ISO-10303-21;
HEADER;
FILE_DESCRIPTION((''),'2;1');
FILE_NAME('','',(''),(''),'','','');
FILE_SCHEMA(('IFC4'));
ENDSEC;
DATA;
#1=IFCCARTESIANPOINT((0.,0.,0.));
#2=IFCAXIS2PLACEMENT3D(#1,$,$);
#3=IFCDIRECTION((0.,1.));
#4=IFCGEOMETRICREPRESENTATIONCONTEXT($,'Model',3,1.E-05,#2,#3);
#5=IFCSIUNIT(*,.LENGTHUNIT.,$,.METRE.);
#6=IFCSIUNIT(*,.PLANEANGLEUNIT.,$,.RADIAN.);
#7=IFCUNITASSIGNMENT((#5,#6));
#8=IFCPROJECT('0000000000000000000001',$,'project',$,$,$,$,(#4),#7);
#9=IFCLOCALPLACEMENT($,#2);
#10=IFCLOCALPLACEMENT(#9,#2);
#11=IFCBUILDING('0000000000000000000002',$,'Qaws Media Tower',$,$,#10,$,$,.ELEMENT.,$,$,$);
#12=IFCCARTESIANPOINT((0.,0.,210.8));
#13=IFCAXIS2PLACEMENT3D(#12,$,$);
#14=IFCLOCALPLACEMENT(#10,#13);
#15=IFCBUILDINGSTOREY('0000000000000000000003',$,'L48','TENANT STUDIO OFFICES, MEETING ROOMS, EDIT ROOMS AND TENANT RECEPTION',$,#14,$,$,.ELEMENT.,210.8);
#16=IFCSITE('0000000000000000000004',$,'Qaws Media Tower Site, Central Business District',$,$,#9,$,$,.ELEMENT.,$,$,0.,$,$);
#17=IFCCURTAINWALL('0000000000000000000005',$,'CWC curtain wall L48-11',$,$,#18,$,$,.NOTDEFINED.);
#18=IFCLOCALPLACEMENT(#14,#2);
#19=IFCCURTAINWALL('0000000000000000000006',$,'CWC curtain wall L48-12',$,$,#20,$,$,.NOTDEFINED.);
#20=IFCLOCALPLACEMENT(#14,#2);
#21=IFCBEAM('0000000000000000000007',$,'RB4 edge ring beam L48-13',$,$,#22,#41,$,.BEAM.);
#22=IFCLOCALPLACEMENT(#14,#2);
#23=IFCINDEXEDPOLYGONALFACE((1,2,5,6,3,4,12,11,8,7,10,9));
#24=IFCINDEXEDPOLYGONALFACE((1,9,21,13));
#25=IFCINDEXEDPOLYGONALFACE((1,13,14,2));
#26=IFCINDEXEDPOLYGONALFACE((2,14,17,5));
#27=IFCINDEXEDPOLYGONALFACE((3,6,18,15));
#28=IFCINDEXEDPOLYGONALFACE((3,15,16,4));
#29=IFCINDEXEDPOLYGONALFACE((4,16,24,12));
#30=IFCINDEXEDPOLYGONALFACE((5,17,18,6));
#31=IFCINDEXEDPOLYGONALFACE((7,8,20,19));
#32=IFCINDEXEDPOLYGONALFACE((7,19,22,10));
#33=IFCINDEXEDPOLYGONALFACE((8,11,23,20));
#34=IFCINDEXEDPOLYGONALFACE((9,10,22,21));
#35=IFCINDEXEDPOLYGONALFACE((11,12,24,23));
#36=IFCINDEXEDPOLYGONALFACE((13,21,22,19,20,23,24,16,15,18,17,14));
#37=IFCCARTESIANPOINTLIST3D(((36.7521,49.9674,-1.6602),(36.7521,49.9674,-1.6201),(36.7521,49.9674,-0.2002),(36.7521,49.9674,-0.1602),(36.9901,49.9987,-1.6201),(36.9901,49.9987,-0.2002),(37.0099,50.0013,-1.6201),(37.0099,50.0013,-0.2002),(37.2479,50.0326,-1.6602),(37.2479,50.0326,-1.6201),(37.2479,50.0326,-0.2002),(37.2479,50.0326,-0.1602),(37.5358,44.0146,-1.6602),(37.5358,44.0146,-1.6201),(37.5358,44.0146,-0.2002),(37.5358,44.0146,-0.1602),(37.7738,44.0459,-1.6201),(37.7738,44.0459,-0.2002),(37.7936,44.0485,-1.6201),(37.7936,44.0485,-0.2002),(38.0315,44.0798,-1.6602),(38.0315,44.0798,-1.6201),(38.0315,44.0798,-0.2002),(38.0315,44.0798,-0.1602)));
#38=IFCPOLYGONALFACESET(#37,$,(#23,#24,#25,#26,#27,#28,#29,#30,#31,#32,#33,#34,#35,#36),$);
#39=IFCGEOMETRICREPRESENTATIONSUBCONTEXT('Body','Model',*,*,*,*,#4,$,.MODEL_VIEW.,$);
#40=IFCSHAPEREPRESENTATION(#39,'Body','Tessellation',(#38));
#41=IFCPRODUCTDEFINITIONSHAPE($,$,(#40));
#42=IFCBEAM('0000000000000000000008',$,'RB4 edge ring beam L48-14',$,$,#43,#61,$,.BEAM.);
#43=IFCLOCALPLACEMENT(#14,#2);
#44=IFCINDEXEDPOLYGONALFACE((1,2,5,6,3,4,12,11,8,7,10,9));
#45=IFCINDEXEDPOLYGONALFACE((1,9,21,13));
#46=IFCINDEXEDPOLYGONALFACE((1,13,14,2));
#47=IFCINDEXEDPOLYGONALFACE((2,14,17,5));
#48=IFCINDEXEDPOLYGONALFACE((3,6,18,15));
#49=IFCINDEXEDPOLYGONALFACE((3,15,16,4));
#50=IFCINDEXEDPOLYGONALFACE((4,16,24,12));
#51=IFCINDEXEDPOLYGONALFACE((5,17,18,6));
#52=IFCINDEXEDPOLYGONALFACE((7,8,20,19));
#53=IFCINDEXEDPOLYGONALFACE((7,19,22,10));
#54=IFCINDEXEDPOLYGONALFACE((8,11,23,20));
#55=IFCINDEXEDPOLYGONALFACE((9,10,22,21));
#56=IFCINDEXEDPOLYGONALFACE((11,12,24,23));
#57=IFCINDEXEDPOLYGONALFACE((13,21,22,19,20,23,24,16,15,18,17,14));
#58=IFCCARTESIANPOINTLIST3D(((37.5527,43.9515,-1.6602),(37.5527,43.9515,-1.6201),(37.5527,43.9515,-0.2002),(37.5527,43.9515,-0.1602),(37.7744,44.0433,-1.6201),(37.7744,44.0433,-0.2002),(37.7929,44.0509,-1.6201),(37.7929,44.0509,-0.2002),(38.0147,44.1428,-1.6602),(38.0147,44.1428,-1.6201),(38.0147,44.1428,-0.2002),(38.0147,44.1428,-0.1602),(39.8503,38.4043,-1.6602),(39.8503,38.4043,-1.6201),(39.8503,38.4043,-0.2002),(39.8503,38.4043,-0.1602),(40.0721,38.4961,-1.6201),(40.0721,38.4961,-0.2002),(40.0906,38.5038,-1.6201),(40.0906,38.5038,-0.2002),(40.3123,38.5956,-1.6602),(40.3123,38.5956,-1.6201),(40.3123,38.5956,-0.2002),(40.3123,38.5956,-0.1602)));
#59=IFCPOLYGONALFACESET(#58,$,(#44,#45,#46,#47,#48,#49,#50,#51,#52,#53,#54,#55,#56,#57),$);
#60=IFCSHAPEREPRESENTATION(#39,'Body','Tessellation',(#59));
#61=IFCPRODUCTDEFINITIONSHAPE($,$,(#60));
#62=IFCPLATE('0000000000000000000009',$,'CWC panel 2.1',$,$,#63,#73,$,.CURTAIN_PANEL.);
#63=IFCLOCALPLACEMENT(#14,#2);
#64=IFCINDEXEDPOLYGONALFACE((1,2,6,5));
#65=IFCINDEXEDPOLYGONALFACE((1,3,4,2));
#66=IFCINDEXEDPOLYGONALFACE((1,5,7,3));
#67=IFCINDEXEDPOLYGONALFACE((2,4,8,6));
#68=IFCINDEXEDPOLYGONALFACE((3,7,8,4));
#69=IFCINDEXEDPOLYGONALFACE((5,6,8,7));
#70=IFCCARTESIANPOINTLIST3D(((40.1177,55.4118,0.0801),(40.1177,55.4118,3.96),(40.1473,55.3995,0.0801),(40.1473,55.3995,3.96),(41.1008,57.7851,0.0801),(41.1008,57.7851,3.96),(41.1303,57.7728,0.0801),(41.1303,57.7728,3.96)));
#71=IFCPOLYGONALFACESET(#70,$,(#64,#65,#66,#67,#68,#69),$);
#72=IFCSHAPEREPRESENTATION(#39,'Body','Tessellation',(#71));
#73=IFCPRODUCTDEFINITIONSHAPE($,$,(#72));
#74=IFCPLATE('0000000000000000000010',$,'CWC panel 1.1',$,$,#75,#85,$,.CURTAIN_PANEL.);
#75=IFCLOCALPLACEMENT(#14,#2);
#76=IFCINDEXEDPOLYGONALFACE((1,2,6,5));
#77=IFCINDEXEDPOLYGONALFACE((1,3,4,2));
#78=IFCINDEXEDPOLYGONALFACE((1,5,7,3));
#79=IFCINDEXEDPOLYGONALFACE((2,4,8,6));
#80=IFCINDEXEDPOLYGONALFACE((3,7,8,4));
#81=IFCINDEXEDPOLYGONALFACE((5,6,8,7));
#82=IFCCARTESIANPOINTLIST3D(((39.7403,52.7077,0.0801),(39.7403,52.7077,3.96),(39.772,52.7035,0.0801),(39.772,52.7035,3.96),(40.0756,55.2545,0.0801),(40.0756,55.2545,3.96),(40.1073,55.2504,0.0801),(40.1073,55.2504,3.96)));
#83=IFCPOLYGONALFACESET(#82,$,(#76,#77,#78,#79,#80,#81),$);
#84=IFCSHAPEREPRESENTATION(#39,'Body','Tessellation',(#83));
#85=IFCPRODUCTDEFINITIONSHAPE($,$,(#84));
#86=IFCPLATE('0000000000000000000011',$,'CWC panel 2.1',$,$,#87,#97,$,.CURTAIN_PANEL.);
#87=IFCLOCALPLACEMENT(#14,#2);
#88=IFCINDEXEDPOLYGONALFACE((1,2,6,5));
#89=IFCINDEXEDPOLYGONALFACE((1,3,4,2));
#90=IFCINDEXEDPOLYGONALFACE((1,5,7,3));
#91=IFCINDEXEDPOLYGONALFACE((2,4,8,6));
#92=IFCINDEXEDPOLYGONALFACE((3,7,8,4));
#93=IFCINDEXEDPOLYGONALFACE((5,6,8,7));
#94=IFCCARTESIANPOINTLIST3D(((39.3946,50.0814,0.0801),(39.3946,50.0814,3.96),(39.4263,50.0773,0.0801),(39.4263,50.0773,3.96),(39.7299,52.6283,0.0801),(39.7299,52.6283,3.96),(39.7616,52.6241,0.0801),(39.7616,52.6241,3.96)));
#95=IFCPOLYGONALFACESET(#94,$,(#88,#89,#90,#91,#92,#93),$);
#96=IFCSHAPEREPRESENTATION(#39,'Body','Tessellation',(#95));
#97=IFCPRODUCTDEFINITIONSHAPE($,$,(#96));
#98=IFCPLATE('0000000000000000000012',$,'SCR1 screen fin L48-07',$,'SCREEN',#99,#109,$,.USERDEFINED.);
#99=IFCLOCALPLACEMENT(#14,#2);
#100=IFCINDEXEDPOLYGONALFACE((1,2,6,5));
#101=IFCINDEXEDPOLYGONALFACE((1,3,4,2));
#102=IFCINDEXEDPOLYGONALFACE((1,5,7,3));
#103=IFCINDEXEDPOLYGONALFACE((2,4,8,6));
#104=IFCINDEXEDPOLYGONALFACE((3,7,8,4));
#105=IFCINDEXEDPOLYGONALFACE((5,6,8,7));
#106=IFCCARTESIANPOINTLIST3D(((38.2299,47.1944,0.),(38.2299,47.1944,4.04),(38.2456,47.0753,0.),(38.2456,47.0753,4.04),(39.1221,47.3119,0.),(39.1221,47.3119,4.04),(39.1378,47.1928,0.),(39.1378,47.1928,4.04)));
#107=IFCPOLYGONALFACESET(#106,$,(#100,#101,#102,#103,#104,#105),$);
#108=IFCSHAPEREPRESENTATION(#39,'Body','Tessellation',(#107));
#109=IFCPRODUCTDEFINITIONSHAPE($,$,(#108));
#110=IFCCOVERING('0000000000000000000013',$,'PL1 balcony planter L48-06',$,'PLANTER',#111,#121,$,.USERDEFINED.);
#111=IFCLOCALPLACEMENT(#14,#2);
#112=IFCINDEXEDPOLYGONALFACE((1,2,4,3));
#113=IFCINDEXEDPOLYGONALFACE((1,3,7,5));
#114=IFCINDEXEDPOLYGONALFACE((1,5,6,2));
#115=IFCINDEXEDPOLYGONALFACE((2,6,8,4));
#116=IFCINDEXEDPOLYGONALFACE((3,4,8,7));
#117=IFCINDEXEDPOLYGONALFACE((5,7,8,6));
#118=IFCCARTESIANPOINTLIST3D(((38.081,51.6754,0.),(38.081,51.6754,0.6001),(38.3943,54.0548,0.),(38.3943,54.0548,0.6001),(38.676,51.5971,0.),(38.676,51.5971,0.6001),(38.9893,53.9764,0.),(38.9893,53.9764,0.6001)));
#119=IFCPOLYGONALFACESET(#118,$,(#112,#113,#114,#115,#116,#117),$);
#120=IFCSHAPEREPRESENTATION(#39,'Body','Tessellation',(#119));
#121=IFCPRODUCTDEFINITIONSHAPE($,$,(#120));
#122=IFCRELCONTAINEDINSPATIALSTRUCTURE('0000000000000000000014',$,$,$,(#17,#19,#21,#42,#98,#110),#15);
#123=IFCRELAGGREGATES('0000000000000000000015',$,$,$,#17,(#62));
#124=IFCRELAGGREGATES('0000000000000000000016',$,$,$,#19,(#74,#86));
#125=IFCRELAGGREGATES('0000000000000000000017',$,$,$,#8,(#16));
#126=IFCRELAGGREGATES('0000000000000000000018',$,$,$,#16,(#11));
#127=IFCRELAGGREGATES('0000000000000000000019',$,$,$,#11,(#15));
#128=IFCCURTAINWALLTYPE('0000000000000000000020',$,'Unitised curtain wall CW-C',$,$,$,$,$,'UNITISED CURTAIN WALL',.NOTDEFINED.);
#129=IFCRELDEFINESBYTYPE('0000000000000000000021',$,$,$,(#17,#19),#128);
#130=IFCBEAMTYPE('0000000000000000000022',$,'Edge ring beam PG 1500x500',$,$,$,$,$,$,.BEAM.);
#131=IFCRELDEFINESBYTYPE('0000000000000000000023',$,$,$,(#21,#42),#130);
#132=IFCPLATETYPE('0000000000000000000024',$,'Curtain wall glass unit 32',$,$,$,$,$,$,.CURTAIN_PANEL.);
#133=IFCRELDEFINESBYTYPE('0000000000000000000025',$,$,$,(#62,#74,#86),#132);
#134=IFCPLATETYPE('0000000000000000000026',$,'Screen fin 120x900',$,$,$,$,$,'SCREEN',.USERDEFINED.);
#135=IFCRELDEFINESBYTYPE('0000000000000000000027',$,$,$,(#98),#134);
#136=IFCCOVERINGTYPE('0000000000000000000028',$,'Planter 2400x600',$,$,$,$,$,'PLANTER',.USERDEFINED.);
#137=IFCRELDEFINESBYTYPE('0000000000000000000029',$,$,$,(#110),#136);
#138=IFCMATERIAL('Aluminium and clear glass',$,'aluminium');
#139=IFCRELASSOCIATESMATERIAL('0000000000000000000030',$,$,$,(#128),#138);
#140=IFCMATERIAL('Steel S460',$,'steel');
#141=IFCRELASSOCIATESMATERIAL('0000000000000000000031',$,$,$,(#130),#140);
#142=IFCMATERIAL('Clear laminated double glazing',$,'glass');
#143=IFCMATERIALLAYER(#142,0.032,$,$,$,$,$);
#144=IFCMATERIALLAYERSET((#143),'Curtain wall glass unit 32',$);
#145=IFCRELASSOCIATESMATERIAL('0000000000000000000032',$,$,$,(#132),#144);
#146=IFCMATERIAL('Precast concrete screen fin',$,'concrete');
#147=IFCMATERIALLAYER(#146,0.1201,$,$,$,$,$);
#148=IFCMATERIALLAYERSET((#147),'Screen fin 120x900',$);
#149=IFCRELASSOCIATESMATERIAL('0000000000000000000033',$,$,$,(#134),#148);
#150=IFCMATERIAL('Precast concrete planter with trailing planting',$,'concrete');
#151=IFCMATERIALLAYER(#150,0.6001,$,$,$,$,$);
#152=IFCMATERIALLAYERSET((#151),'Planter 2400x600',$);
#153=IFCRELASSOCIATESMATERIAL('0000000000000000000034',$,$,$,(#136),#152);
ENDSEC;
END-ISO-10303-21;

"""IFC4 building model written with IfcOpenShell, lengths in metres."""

from ifc_helpers import new_model, si_unit, direction, frame, origin, origin_2d, place, context, subcontext, project, spatial, rectangle, i_section, extrude, material, layer, layer_set, material_profile, profile_set, type_object, element, aggregate, save


model = new_model("IFC4")

# Units and contexts
model_context = context("Model", 3, precision=1e-05, world=origin(), true_north=direction((0.0, 1.0)))
body_context = subcontext(model_context, "Body", "Model", "MODEL_VIEW")
ifc_project = project(units=[si_unit("LENGTHUNIT", "METRE"), si_unit("PLANEANGLEUNIT", "RADIAN")], contexts=[model_context])

# Site, building, storey
site_placement = place(None, origin())
site = spatial("IfcSite", under=ifc_project, at=site_placement, Name="Qaws Media Tower Site, Central Business District", CompositionType="ELEMENT", RefElevation=0.0)
building_placement = place(site_placement, origin())
building = spatial("IfcBuilding", under=site, at=building_placement, Name="Qaws Media Tower", CompositionType="ELEMENT")
storey_placement = place(building_placement, frame((0.0, 0.0, 210.8)))
storey = spatial("IfcBuildingStorey", under=building, at=storey_placement, Name="L48", Description="TENANT STUDIO OFFICES, MEETING ROOMS, EDIT ROOMS AND TENANT RECEPTION", CompositionType="ELEMENT", Elevation=210.8)

# Curtain walls
ifc_material_1 = material(Name="Aluminium and clear glass", Category="aluminium")
curtain_wall_type = type_object("IfcCurtainWallType", Name="Unitised curtain wall CW-C", ElementType="UNITISED CURTAIN WALL", PredefinedType="NOTDEFINED", material=ifc_material_1)
curtain_wall_1_placement = place(storey_placement, origin())
curtain_wall_1 = element("IfcCurtainWall", 1, at=curtain_wall_1_placement, inside=storey, type_object=curtain_wall_type, Name="CWC curtain wall L48-11", PredefinedType="NOTDEFINED")
curtain_wall_2_placement = place(storey_placement, origin())
curtain_wall_2 = element("IfcCurtainWall", 2, at=curtain_wall_2_placement, inside=storey, type_object=curtain_wall_type, Name="CWC curtain wall L48-12", PredefinedType="NOTDEFINED")

# Beams
ifc_material_2 = material(Name="Steel S460", Category="steel")
ifc_material_profile_1 = material_profile(ifc_material_2, i_section(OverallWidth=0.5, OverallDepth=1.5, WebThickness=0.02, FlangeThickness=0.04, at=origin_2d()), Name="PG 1500x500")
ifc_profile_set_1 = profile_set([ifc_material_profile_1], Name="Steel S460")
beam_type = type_object("IfcBeamType", Name="Edge ring beam PG 1500x500", PredefinedType="BEAM", material=ifc_profile_set_1)
for number, where, z_axis, x_axis, name in (
    (3, (37.0, 50.0, -0.9102), (0.130523, -0.991445, 0.0), (0.991445, 0.130523, 0.0), "RB4 edge ring beam L48-13"),
    (4, (37.7837, 44.0471, -0.9102), (0.382671, -0.923885, 0.0), (0.923885, 0.382671, 0.0), "RB4 edge ring beam L48-14"),
):
    element("IfcBeam", number, at=place(storey_placement, frame(where, z_axis=z_axis, x_axis=x_axis)), inside=storey, type_object=beam_type, Name=name, PredefinedType="BEAM", context=body_context, shape_type="SweptSolid", body=[
        extrude(i_section(OverallWidth=0.5, OverallDepth=1.5, WebThickness=0.02, FlangeThickness=0.04, at=origin_2d()), origin(), (0.0, 0.0, 1.0), 6.0042),
    ])

# Plates
ifc_material_3 = material(Name="Clear laminated double glazing", Category="glass")
ifc_layer_1 = layer(ifc_material_3, 0.032)
ifc_layer_set_1 = layer_set([ifc_layer_1], Name="Curtain wall glass unit 32")
plate_type_1 = type_object("IfcPlateType", Name="Curtain wall glass unit 32", PredefinedType="CURTAIN_PANEL", material=ifc_layer_set_1)
plate_1_placement = place(storey_placement, frame((40.624, 56.5923, 0.0801), z_axis=(0.0, 0.0, 1.0), x_axis=(-0.382683, -0.92388, 0.0)))
plate_1 = element("IfcPlate", 5, at=plate_1_placement, type_object=plate_type_1, Name="CWC panel 2.1", PredefinedType="CURTAIN_PANEL", context=body_context, shape_type="SweptSolid", body=[
    extrude(rectangle(XDim=2.5688, YDim=0.032, at=origin_2d()), origin(), (0.0, 0.0, 1.0), 3.8799),
])
aggregate(curtain_wall_1, [plate_1])
plate_2_placement = place(storey_placement, frame((39.9238, 53.979, 0.0801), z_axis=(0.0, 0.0, 1.0), x_axis=(-0.130526, -0.991445, 0.0)))
plate_2 = element("IfcPlate", 6, at=plate_2_placement, type_object=plate_type_1, Name="CWC panel 1.1", PredefinedType="CURTAIN_PANEL", context=body_context, shape_type="SweptSolid", body=[
    extrude(rectangle(XDim=2.5688, YDim=0.032, at=origin_2d()), origin(), (0.0, 0.0, 1.0), 3.8799),
])
plate_3_placement = place(storey_placement, frame((39.5781, 51.3528, 0.0801), z_axis=(0.0, 0.0, 1.0), x_axis=(-0.130526, -0.991445, 0.0)))
plate_3 = element("IfcPlate", 7, at=plate_3_placement, type_object=plate_type_1, Name="CWC panel 2.1", PredefinedType="CURTAIN_PANEL", context=body_context, shape_type="SweptSolid", body=[
    extrude(rectangle(XDim=2.5688, YDim=0.032, at=origin_2d()), origin(), (0.0, 0.0, 1.0), 3.8799),
])
aggregate(curtain_wall_2, [plate_2, plate_3])
ifc_material_4 = material(Name="Precast concrete screen fin", Category="concrete")
ifc_layer_2 = layer(ifc_material_4, 0.1201)
ifc_layer_set_2 = layer_set([ifc_layer_2], Name="Screen fin 120x900")
plate_type_2 = type_object("IfcPlateType", Name="Screen fin 120x900", ElementType="SCREEN", PredefinedType="USERDEFINED", material=ifc_layer_set_2)
plate_4_placement = place(storey_placement, frame((38.6838, 47.1936, 0.0), z_axis=(0.0, 0.0, 1.0), x_axis=(-0.991445, -0.130526, 0.0)))
element("IfcPlate", 8, at=plate_4_placement, inside=storey, type_object=plate_type_2, Name="SCR1 screen fin L48-07", ObjectType="SCREEN", PredefinedType="USERDEFINED", context=body_context, shape_type="SweptSolid", body=[
    extrude(rectangle(XDim=0.8999, YDim=0.1201, at=origin_2d()), origin(), (0.0, 0.0, 1.0), 4.04),
])

# Covering
ifc_material_5 = material(Name="Precast concrete planter with trailing planting", Category="concrete")
ifc_layer_3 = layer(ifc_material_5, 0.6001)
ifc_layer_set_3 = layer_set([ifc_layer_3], Name="Planter 2400x600")
covering_type = type_object("IfcCoveringType", Name="Planter 2400x600", ElementType="PLANTER", PredefinedType="USERDEFINED", material=ifc_layer_set_3)
covering_placement = place(storey_placement, frame((38.5352, 52.8259, 0.0), z_axis=(0.0, 0.0, 1.0), x_axis=(-0.130526, -0.991445, 0.0)))
element("IfcCovering", 9, at=covering_placement, inside=storey, type_object=covering_type, Name="PL1 balcony planter L48-06", ObjectType="PLANTER", PredefinedType="USERDEFINED", context=body_context, shape_type="SweptSolid", body=[
    extrude(rectangle(XDim=2.3999, YDim=0.6001, at=origin_2d()), origin(), (0.0, 0.0, 1.0), 0.6001),
])

save(model, "model.ifc")
